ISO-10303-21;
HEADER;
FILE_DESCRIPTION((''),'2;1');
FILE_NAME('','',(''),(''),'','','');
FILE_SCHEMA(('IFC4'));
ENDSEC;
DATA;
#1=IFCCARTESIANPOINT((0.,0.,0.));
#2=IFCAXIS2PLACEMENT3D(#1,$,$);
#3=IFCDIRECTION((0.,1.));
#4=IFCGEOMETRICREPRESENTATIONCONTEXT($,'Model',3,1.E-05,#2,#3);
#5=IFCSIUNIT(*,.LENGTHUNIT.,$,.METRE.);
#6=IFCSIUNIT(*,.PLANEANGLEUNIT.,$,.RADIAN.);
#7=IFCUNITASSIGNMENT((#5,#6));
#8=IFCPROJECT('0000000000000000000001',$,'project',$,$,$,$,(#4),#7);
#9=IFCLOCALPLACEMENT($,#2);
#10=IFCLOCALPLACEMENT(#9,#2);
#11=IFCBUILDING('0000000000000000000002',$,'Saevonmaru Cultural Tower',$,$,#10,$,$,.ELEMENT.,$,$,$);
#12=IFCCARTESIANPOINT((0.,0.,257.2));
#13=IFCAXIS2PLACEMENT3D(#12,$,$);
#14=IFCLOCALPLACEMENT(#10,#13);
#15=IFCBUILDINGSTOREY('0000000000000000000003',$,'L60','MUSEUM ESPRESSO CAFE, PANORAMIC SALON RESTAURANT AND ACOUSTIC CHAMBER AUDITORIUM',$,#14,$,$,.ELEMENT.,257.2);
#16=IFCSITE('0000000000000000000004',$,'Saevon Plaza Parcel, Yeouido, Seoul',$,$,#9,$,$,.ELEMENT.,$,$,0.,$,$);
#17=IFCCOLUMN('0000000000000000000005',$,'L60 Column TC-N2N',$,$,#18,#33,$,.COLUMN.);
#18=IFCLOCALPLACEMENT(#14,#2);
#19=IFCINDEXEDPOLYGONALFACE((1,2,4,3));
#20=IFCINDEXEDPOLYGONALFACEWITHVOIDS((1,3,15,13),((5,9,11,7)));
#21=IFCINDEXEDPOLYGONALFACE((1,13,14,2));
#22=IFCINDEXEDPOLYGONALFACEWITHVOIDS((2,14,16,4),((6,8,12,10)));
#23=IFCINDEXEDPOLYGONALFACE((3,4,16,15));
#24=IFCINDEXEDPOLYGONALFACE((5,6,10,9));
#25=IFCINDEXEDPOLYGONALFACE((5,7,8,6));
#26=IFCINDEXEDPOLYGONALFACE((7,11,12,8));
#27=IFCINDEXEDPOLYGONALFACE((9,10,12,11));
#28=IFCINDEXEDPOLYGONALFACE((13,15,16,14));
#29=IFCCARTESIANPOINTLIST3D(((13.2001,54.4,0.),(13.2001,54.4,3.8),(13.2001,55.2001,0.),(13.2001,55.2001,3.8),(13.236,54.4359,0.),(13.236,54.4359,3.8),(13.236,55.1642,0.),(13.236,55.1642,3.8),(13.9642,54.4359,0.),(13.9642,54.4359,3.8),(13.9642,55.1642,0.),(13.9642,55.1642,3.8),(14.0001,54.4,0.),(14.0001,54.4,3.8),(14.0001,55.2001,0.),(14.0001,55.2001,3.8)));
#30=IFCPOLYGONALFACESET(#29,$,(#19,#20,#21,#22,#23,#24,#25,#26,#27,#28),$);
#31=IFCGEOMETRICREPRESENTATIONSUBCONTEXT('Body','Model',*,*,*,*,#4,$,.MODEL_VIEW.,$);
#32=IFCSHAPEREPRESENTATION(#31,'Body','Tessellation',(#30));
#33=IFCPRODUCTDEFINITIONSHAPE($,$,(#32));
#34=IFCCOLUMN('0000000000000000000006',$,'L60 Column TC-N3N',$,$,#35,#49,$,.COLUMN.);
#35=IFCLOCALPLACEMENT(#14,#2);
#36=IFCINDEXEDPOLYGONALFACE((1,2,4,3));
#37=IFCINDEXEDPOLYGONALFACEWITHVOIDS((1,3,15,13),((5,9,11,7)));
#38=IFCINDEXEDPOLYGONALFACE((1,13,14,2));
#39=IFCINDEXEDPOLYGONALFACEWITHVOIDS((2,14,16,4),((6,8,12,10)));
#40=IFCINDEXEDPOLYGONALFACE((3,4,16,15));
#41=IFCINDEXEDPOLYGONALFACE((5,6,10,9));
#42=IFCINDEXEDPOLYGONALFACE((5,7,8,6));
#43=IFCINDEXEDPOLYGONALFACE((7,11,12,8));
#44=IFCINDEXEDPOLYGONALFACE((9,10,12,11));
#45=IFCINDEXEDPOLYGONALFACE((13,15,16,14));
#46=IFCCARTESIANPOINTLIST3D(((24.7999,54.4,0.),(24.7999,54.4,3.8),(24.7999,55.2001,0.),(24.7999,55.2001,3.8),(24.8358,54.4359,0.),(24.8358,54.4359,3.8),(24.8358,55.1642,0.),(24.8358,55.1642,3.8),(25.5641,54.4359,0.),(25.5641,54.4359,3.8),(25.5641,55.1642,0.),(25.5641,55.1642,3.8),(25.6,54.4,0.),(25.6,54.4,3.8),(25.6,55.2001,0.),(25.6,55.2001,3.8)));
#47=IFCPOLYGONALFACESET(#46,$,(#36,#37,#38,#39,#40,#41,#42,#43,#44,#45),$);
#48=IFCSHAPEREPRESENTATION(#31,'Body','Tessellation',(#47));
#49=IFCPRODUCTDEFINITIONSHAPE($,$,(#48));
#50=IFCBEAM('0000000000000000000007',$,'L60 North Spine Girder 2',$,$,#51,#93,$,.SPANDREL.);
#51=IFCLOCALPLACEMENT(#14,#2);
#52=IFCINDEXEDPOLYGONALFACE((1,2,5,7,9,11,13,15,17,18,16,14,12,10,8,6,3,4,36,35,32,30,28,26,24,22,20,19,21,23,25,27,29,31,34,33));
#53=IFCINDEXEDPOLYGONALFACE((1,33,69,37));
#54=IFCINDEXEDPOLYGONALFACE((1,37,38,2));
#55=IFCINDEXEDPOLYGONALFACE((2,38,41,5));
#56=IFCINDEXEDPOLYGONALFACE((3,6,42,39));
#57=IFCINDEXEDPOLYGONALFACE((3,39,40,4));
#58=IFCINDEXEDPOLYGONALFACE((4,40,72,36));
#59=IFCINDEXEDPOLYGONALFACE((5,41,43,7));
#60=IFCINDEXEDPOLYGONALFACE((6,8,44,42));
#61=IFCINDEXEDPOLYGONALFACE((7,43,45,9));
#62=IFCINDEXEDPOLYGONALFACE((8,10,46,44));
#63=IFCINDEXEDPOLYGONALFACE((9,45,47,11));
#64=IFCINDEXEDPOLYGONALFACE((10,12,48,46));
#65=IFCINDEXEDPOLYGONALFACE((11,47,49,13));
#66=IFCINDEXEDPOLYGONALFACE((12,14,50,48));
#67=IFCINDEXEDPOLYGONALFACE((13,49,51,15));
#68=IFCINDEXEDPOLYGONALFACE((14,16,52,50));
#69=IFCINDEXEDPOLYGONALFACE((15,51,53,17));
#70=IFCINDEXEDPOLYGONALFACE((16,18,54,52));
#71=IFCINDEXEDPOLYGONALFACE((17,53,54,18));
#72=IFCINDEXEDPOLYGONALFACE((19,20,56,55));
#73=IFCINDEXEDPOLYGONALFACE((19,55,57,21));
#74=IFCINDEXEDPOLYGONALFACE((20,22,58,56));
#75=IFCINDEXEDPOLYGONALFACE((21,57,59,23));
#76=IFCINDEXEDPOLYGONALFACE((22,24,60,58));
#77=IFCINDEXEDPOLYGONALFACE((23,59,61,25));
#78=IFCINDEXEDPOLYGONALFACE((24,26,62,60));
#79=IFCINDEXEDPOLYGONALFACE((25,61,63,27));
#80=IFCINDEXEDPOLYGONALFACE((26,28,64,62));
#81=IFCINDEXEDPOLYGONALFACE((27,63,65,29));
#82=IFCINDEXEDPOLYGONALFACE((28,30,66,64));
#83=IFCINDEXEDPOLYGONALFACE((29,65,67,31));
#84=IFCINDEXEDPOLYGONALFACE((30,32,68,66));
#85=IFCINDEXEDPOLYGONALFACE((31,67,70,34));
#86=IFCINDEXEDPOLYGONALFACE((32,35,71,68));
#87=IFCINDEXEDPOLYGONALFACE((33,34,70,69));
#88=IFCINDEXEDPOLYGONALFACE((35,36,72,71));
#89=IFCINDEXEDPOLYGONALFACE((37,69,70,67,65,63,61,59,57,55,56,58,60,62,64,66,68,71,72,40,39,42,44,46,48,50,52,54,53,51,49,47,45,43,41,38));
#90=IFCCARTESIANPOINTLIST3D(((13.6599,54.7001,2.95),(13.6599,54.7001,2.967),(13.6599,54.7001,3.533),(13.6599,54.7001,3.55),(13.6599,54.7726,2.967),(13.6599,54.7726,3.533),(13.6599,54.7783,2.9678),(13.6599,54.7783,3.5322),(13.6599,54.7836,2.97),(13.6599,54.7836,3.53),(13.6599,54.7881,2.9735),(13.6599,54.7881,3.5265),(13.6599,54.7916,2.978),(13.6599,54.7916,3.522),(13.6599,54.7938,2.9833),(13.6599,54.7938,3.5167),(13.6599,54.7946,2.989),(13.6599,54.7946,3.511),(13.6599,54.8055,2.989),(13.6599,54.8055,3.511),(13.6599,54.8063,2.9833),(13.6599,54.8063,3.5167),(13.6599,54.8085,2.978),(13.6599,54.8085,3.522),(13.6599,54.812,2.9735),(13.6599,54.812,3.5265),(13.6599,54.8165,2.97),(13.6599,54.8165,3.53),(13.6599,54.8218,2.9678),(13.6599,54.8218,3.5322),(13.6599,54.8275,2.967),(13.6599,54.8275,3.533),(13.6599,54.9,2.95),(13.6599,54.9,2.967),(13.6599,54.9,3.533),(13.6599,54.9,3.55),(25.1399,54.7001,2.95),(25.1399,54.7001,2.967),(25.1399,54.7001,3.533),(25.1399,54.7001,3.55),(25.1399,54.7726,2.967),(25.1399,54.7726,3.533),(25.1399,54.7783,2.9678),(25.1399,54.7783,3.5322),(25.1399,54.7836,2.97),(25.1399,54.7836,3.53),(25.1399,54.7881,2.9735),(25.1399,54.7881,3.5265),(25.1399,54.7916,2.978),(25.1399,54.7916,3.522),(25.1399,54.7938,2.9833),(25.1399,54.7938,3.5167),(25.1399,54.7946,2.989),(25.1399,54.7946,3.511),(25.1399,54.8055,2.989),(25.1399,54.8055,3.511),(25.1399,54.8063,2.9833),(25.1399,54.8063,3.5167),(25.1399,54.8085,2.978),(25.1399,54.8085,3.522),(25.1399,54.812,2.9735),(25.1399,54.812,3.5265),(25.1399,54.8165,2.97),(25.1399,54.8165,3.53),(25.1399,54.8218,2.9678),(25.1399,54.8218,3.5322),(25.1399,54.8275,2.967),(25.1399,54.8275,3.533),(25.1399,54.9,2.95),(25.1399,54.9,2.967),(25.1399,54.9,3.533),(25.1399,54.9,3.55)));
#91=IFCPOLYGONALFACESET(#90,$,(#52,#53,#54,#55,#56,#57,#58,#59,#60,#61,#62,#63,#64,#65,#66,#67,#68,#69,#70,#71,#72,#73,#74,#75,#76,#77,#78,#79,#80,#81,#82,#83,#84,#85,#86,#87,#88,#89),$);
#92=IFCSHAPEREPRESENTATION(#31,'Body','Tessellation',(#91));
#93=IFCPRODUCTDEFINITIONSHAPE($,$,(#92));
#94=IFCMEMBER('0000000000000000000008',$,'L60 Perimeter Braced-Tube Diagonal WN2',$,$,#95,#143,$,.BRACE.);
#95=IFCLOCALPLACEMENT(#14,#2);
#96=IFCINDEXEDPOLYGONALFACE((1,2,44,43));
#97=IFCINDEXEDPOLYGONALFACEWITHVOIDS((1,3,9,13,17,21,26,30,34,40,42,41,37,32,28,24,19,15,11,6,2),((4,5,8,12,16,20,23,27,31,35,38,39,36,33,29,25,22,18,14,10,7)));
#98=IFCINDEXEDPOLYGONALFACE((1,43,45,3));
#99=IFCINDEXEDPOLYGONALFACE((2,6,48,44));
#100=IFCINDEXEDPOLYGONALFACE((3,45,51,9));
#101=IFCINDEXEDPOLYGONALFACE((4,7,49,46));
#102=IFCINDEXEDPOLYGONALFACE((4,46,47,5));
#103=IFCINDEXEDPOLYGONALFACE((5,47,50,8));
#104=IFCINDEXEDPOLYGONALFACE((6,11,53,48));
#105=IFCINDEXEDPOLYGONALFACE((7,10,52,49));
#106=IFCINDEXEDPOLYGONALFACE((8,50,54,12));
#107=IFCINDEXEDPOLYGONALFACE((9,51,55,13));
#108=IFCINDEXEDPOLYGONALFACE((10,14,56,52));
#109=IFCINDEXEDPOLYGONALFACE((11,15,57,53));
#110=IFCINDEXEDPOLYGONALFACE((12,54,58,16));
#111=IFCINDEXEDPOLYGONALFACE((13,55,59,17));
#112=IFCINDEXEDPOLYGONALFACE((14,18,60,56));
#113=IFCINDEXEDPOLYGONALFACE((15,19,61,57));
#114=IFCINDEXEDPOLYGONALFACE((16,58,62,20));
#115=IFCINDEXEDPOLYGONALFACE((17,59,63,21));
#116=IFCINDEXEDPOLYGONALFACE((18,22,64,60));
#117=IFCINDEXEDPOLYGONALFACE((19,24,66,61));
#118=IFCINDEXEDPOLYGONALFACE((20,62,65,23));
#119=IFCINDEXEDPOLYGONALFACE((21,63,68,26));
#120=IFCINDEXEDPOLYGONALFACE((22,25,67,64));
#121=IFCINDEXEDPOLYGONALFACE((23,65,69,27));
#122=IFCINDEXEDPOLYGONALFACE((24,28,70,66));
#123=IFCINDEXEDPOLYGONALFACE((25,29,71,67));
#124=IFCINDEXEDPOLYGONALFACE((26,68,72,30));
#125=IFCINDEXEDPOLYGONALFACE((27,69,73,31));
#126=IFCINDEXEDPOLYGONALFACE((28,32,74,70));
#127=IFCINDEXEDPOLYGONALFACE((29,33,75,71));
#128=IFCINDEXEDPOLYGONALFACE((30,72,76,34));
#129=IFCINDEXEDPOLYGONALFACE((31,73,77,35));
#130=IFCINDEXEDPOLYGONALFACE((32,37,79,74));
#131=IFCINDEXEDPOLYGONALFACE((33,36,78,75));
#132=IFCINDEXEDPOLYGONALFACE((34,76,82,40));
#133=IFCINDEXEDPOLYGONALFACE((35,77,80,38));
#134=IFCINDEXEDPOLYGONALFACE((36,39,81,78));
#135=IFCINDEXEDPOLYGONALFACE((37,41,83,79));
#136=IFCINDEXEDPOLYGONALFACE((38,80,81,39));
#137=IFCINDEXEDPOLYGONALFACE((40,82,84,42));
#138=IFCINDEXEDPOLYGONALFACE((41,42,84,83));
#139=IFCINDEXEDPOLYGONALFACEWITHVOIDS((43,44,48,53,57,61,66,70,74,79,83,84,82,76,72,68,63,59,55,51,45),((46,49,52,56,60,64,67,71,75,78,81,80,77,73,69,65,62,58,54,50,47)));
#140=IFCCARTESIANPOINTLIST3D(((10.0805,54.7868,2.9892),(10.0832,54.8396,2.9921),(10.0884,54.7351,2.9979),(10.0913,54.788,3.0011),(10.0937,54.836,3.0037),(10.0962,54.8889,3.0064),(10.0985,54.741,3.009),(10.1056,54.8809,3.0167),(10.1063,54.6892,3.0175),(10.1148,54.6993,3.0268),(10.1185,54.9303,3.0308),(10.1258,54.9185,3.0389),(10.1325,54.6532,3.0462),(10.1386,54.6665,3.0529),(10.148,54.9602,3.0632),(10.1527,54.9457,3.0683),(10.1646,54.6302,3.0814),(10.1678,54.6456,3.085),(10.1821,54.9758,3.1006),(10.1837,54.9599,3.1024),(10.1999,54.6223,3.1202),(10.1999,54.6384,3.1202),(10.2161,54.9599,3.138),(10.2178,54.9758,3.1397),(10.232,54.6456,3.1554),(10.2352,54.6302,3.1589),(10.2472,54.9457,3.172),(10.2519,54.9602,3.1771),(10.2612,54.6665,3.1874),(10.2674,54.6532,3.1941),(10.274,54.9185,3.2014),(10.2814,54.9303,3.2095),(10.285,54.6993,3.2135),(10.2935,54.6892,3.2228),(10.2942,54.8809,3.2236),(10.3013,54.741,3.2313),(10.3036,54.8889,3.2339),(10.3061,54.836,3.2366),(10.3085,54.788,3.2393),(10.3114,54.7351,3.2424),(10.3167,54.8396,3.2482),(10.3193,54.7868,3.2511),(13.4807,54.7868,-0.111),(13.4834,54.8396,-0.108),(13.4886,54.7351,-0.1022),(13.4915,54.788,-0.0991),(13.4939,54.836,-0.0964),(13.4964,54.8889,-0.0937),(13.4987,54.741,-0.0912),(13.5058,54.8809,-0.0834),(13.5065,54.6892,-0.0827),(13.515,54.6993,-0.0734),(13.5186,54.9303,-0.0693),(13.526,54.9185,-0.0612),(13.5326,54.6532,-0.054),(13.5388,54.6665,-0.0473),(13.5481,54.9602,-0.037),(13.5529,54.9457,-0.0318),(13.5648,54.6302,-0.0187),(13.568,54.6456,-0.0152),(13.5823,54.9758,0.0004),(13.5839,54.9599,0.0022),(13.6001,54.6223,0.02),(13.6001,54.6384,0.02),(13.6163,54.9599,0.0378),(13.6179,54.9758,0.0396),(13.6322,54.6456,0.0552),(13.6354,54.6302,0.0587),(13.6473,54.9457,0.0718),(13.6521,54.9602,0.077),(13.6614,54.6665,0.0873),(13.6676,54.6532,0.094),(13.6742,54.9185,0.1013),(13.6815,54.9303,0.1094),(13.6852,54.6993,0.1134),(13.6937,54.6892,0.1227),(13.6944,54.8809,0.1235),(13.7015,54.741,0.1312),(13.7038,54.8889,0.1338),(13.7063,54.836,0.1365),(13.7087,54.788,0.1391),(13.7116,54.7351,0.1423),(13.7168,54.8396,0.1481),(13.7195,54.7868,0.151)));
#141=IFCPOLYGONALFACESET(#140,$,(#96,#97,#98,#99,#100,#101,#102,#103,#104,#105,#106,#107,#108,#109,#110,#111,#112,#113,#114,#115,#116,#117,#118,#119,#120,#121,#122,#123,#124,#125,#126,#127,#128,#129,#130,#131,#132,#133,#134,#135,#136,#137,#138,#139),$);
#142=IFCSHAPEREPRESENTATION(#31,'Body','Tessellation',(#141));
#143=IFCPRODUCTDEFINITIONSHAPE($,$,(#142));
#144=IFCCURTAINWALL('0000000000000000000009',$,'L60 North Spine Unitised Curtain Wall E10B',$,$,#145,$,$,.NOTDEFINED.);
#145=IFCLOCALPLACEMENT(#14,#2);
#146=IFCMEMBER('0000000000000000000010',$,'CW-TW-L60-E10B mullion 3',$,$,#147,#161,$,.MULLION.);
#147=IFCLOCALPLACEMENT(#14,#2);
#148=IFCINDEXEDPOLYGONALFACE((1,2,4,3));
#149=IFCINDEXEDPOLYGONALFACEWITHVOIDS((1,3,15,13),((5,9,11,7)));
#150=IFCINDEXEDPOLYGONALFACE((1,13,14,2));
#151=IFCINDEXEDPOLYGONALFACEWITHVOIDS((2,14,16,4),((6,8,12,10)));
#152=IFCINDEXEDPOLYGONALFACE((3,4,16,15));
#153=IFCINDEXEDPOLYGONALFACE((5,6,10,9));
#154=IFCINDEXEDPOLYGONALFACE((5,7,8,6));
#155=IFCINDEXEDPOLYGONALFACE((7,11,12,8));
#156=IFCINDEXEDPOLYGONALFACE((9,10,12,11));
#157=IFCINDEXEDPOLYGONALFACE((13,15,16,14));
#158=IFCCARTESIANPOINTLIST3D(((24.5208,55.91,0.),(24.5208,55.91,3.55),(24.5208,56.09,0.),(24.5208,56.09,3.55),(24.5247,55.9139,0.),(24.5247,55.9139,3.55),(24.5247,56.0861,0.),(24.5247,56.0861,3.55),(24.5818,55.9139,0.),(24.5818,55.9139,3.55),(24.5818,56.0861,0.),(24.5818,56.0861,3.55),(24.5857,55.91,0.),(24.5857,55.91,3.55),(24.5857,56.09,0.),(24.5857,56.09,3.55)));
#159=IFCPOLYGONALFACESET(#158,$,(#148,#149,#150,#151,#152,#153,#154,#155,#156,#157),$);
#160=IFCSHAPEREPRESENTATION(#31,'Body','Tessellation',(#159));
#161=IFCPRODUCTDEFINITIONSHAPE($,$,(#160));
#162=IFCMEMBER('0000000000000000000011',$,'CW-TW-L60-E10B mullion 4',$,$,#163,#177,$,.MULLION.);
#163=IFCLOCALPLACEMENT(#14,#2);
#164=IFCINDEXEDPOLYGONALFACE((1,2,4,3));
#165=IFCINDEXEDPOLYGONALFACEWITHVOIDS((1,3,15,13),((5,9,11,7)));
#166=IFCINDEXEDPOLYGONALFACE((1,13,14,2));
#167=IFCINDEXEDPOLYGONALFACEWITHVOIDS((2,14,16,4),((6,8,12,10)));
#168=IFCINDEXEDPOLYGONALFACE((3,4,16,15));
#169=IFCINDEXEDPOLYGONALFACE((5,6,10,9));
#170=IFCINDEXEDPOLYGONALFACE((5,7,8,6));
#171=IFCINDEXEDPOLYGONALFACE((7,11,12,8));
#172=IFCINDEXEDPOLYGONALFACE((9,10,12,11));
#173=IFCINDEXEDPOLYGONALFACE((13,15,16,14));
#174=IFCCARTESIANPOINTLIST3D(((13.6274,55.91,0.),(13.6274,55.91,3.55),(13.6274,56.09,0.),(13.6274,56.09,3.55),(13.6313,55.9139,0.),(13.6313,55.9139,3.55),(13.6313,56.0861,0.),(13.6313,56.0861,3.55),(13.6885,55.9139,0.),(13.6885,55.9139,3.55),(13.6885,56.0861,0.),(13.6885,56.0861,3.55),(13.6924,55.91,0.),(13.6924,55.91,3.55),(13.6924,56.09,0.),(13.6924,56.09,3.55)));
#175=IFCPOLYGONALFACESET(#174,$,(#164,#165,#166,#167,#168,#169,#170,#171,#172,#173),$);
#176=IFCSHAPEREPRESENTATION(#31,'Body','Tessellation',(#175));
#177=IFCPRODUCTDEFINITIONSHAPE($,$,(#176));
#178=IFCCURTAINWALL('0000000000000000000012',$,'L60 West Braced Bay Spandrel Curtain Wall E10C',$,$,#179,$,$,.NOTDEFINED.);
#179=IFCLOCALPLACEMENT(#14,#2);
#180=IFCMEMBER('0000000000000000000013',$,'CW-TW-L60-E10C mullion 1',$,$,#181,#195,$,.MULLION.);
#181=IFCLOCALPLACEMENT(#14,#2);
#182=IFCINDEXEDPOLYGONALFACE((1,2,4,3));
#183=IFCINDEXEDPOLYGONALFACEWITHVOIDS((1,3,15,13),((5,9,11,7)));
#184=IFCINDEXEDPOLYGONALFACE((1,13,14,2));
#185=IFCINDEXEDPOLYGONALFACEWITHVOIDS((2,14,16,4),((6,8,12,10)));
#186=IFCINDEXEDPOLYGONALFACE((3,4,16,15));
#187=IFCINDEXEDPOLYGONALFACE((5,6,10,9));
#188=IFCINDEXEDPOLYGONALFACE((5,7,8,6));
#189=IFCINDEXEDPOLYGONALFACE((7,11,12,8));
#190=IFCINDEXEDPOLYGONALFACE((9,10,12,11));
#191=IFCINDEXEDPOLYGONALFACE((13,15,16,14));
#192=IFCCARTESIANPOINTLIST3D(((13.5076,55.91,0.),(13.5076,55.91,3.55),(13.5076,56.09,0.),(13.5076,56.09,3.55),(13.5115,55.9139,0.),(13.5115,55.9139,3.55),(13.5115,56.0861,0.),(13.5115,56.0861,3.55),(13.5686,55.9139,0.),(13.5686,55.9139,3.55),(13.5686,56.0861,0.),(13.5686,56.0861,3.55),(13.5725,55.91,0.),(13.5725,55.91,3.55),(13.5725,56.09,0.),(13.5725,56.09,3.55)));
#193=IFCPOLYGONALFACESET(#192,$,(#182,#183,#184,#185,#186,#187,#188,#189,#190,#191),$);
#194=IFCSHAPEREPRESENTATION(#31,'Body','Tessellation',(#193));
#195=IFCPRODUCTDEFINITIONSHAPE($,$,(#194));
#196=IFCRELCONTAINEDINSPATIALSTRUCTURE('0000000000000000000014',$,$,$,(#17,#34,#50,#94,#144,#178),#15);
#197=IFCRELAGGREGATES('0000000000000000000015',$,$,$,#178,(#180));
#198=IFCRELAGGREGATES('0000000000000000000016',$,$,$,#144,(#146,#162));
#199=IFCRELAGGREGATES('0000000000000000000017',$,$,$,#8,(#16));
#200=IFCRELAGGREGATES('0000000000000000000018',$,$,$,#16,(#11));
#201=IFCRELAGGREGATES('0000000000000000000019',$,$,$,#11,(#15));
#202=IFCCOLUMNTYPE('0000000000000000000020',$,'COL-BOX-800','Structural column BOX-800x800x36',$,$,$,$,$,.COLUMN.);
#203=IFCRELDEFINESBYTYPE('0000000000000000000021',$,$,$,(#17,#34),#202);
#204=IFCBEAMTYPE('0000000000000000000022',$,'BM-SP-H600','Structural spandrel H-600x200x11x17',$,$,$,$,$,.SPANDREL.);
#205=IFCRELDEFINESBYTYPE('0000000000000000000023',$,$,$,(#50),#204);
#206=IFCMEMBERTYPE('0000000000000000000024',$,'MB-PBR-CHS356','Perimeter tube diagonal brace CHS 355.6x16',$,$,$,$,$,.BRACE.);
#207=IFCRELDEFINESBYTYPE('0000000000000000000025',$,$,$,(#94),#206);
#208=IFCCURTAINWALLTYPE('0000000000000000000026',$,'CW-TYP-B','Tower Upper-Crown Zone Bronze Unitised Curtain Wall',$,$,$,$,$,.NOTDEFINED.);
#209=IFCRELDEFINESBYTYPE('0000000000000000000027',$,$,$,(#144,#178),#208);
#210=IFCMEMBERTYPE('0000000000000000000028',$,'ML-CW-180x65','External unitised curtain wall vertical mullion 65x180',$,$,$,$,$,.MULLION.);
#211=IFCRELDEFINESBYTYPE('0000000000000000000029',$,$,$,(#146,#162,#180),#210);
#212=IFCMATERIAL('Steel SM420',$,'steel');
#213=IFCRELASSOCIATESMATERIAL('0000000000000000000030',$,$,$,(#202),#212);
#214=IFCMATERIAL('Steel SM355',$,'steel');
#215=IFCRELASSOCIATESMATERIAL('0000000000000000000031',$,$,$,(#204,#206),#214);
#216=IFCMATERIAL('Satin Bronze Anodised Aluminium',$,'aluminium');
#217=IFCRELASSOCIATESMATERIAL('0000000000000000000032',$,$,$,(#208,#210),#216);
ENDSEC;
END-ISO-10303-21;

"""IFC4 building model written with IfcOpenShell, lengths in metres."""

from ifc_helpers import new_model, si_unit, direction, frame, origin, origin_2d, place, context, subcontext, project, spatial, hollow_rectangle, hollow_circle, i_section, extrude, material, material_profile, profile_set, type_object, element, aggregate, save


model = new_model("IFC4")

# Units and contexts
model_context = context("Model", 3, precision=1e-05, world=origin(), true_north=direction((0.0, 1.0)))
body_context = subcontext(model_context, "Body", "Model", "MODEL_VIEW")
ifc_project = project(units=[si_unit("LENGTHUNIT", "METRE"), si_unit("PLANEANGLEUNIT", "RADIAN")], contexts=[model_context])

# Site, building, storey
site_placement = place(None, origin())
site = spatial("IfcSite", under=ifc_project, at=site_placement, Name="Saevon Plaza Parcel, Yeouido, Seoul", CompositionType="ELEMENT", RefElevation=0.0)
building_placement = place(site_placement, origin())
building = spatial("IfcBuilding", under=site, at=building_placement, Name="Saevonmaru Cultural Tower", CompositionType="ELEMENT")
storey_placement = place(building_placement, frame((0.0, 0.0, 257.2)))
storey = spatial("IfcBuildingStorey", under=building, at=storey_placement, Name="L60", Description="MUSEUM ESPRESSO CAFE, PANORAMIC SALON RESTAURANT AND ACOUSTIC CHAMBER AUDITORIUM", CompositionType="ELEMENT", Elevation=257.2)

# Columns
ifc_material_1 = material(Name="Steel SM420", Category="steel")
ifc_material_profile_1 = material_profile(ifc_material_1, hollow_rectangle(XDim=0.8, YDim=0.8, WallThickness=0.0359, at=origin_2d()), Name="BOX-800x800x36")
ifc_profile_set_1 = profile_set([ifc_material_profile_1], Name="Steel SM420")
column_type = type_object("IfcColumnType", Name="COL-BOX-800", Description="Structural column BOX-800x800x36", PredefinedType="COLUMN", material=ifc_profile_set_1)
for number, where, z_axis, x_axis, name in (
    (1, (13.6001, 54.8, 0.0), (0.0, 0.0, 1.0), (1.0, 0.0, 0.0), "L60 Column TC-N2N"),
    (2, (25.2, 54.8, 0.0), (0.0, 0.0, 1.0), (1.0, 0.0, 0.0), "L60 Column TC-N3N"),
):
    element("IfcColumn", number, at=place(storey_placement, frame(where, z_axis=z_axis, x_axis=x_axis)), inside=storey, type_object=column_type, Name=name, PredefinedType="COLUMN", context=body_context, shape_type="SweptSolid", body=[
        extrude(hollow_rectangle(XDim=0.8, YDim=0.8, WallThickness=0.0359, at=origin_2d()), origin(), (0.0, 0.0, 1.0), 3.8),
    ])

# Beam
ifc_material_2 = material(Name="Steel SM355", Category="steel")
ifc_material_profile_2 = material_profile(ifc_material_2, i_section(OverallWidth=0.2, OverallDepth=0.6001, WebThickness=0.011, FlangeThickness=0.0171, FilletRadius=0.022, at=origin_2d()), Name="H-600x200x11x17")
ifc_profile_set_2 = profile_set([ifc_material_profile_2], Name="Steel SM355")
beam_type = type_object("IfcBeamType", Name="BM-SP-H600", Description="Structural spandrel H-600x200x11x17", PredefinedType="SPANDREL", material=ifc_profile_set_2)
beam_placement = place(storey_placement, frame((13.6599, 54.8, 3.25), z_axis=(1.0, 0.0, 0.0), x_axis=(0.0, 1.0, 0.0)))
element("IfcBeam", 3, at=beam_placement, inside=storey, type_object=beam_type, Name="L60 North Spine Girder 2", PredefinedType="SPANDREL", context=body_context, shape_type="SweptSolid", body=[
    extrude(i_section(OverallWidth=0.2, OverallDepth=0.6001, WebThickness=0.011, FlangeThickness=0.0171, FilletRadius=0.022, at=origin_2d()), origin(), (0.0, 0.0, 1.0), 11.48),
])

# Member
ifc_material_profile_3 = material_profile(ifc_material_2, hollow_circle(Radius=0.1777, WallThickness=0.0161, at=origin_2d()), Name="CHS-355.6x16")
ifc_profile_set_3 = profile_set([ifc_material_profile_3], Name="Steel SM355")
member_type_1 = type_object("IfcMemberType", Name="MB-PBR-CHS356", Description="Perimeter tube diagonal brace CHS 355.6x16", PredefinedType="BRACE", material=ifc_profile_set_3)
member_1_placement = place(storey_placement, frame((13.6001, 54.8, 0.02), z_axis=(-0.73896, 0.0, 0.67375), x_axis=(0.0, -1.0, 0.0)))
element("IfcMember", 4, at=member_1_placement, inside=storey, type_object=member_type_1, Name="L60 Perimeter Braced-Tube Diagonal WN2", PredefinedType="BRACE", context=body_context, shape_type="SweptSolid", body=[
    extrude(hollow_circle(Radius=0.1777, WallThickness=0.0161, at=origin_2d()), origin(), (0.0, 0.0, 1.0), 4.6013),
])

# Curtain wall, members
ifc_material_3 = material(Name="Satin Bronze Anodised Aluminium", Category="aluminium")
curtain_wall_type = type_object("IfcCurtainWallType", Name="CW-TYP-B", Description="Tower Upper-Crown Zone Bronze Unitised Curtain Wall", PredefinedType="NOTDEFINED", material=ifc_material_3)
curtain_wall_1_placement = place(storey_placement, origin())
curtain_wall_1 = element("IfcCurtainWall", 5, at=curtain_wall_1_placement, inside=storey, type_object=curtain_wall_type, Name="L60 North Spine Unitised Curtain Wall E10B", PredefinedType="NOTDEFINED")
ifc_material_profile_4 = material_profile(ifc_material_3, hollow_rectangle(XDim=0.0649, YDim=0.1799, WallThickness=0.0039, at=origin_2d()), Name="ALU-MULL-180x65x4")
ifc_profile_set_4 = profile_set([ifc_material_profile_4], Name="Satin Bronze Anodised Aluminium")
member_type_2 = type_object("IfcMemberType", Name="ML-CW-180x65", Description="External unitised curtain wall vertical mullion 65x180", PredefinedType="MULLION", material=ifc_profile_set_4)
member_2_placement = place(storey_placement, frame((24.5532, 56.0, 0.0), z_axis=(0.0, 0.0, 1.0), x_axis=(-1.0, 0.0, 0.0)))
member_2 = element("IfcMember", 6, at=member_2_placement, type_object=member_type_2, Name="CW-TW-L60-E10B mullion 3", PredefinedType="MULLION", context=body_context, shape_type="SweptSolid", body=[
    extrude(hollow_rectangle(XDim=0.0649, YDim=0.1799, WallThickness=0.0039, at=origin_2d()), origin(), (0.0, 0.0, 1.0), 3.55),
])
member_3_placement = place(storey_placement, frame((13.6599, 56.0, 0.0), z_axis=(0.0, 0.0, 1.0), x_axis=(-1.0, 0.0, 0.0)))
member_3 = element("IfcMember", 7, at=member_3_placement, type_object=member_type_2, Name="CW-TW-L60-E10B mullion 4", PredefinedType="MULLION", context=body_context, shape_type="SweptSolid", body=[
    extrude(hollow_rectangle(XDim=0.0649, YDim=0.1799, WallThickness=0.0039, at=origin_2d()), origin(), (0.0, 0.0, 1.0), 3.55),
])

# Curtain wall, member
curtain_wall_2_placement = place(storey_placement, origin())
curtain_wall_2 = element("IfcCurtainWall", 8, at=curtain_wall_2_placement, inside=storey, type_object=curtain_wall_type, Name="L60 West Braced Bay Spandrel Curtain Wall E10C", PredefinedType="NOTDEFINED")
member_4_placement = place(storey_placement, frame((13.54, 56.0, 0.0), z_axis=(0.0, 0.0, 1.0), x_axis=(-1.0, 0.0, 0.0)))
member_4 = element("IfcMember", 9, at=member_4_placement, type_object=member_type_2, Name="CW-TW-L60-E10C mullion 1", PredefinedType="MULLION", context=body_context, shape_type="SweptSolid", body=[
    extrude(hollow_rectangle(XDim=0.0649, YDim=0.1799, WallThickness=0.0039, at=origin_2d()), origin(), (0.0, 0.0, 1.0), 3.55),
])

aggregate(curtain_wall_2, [member_4])

aggregate(curtain_wall_1, [member_2, member_3])

save(model, "model.ifc")
